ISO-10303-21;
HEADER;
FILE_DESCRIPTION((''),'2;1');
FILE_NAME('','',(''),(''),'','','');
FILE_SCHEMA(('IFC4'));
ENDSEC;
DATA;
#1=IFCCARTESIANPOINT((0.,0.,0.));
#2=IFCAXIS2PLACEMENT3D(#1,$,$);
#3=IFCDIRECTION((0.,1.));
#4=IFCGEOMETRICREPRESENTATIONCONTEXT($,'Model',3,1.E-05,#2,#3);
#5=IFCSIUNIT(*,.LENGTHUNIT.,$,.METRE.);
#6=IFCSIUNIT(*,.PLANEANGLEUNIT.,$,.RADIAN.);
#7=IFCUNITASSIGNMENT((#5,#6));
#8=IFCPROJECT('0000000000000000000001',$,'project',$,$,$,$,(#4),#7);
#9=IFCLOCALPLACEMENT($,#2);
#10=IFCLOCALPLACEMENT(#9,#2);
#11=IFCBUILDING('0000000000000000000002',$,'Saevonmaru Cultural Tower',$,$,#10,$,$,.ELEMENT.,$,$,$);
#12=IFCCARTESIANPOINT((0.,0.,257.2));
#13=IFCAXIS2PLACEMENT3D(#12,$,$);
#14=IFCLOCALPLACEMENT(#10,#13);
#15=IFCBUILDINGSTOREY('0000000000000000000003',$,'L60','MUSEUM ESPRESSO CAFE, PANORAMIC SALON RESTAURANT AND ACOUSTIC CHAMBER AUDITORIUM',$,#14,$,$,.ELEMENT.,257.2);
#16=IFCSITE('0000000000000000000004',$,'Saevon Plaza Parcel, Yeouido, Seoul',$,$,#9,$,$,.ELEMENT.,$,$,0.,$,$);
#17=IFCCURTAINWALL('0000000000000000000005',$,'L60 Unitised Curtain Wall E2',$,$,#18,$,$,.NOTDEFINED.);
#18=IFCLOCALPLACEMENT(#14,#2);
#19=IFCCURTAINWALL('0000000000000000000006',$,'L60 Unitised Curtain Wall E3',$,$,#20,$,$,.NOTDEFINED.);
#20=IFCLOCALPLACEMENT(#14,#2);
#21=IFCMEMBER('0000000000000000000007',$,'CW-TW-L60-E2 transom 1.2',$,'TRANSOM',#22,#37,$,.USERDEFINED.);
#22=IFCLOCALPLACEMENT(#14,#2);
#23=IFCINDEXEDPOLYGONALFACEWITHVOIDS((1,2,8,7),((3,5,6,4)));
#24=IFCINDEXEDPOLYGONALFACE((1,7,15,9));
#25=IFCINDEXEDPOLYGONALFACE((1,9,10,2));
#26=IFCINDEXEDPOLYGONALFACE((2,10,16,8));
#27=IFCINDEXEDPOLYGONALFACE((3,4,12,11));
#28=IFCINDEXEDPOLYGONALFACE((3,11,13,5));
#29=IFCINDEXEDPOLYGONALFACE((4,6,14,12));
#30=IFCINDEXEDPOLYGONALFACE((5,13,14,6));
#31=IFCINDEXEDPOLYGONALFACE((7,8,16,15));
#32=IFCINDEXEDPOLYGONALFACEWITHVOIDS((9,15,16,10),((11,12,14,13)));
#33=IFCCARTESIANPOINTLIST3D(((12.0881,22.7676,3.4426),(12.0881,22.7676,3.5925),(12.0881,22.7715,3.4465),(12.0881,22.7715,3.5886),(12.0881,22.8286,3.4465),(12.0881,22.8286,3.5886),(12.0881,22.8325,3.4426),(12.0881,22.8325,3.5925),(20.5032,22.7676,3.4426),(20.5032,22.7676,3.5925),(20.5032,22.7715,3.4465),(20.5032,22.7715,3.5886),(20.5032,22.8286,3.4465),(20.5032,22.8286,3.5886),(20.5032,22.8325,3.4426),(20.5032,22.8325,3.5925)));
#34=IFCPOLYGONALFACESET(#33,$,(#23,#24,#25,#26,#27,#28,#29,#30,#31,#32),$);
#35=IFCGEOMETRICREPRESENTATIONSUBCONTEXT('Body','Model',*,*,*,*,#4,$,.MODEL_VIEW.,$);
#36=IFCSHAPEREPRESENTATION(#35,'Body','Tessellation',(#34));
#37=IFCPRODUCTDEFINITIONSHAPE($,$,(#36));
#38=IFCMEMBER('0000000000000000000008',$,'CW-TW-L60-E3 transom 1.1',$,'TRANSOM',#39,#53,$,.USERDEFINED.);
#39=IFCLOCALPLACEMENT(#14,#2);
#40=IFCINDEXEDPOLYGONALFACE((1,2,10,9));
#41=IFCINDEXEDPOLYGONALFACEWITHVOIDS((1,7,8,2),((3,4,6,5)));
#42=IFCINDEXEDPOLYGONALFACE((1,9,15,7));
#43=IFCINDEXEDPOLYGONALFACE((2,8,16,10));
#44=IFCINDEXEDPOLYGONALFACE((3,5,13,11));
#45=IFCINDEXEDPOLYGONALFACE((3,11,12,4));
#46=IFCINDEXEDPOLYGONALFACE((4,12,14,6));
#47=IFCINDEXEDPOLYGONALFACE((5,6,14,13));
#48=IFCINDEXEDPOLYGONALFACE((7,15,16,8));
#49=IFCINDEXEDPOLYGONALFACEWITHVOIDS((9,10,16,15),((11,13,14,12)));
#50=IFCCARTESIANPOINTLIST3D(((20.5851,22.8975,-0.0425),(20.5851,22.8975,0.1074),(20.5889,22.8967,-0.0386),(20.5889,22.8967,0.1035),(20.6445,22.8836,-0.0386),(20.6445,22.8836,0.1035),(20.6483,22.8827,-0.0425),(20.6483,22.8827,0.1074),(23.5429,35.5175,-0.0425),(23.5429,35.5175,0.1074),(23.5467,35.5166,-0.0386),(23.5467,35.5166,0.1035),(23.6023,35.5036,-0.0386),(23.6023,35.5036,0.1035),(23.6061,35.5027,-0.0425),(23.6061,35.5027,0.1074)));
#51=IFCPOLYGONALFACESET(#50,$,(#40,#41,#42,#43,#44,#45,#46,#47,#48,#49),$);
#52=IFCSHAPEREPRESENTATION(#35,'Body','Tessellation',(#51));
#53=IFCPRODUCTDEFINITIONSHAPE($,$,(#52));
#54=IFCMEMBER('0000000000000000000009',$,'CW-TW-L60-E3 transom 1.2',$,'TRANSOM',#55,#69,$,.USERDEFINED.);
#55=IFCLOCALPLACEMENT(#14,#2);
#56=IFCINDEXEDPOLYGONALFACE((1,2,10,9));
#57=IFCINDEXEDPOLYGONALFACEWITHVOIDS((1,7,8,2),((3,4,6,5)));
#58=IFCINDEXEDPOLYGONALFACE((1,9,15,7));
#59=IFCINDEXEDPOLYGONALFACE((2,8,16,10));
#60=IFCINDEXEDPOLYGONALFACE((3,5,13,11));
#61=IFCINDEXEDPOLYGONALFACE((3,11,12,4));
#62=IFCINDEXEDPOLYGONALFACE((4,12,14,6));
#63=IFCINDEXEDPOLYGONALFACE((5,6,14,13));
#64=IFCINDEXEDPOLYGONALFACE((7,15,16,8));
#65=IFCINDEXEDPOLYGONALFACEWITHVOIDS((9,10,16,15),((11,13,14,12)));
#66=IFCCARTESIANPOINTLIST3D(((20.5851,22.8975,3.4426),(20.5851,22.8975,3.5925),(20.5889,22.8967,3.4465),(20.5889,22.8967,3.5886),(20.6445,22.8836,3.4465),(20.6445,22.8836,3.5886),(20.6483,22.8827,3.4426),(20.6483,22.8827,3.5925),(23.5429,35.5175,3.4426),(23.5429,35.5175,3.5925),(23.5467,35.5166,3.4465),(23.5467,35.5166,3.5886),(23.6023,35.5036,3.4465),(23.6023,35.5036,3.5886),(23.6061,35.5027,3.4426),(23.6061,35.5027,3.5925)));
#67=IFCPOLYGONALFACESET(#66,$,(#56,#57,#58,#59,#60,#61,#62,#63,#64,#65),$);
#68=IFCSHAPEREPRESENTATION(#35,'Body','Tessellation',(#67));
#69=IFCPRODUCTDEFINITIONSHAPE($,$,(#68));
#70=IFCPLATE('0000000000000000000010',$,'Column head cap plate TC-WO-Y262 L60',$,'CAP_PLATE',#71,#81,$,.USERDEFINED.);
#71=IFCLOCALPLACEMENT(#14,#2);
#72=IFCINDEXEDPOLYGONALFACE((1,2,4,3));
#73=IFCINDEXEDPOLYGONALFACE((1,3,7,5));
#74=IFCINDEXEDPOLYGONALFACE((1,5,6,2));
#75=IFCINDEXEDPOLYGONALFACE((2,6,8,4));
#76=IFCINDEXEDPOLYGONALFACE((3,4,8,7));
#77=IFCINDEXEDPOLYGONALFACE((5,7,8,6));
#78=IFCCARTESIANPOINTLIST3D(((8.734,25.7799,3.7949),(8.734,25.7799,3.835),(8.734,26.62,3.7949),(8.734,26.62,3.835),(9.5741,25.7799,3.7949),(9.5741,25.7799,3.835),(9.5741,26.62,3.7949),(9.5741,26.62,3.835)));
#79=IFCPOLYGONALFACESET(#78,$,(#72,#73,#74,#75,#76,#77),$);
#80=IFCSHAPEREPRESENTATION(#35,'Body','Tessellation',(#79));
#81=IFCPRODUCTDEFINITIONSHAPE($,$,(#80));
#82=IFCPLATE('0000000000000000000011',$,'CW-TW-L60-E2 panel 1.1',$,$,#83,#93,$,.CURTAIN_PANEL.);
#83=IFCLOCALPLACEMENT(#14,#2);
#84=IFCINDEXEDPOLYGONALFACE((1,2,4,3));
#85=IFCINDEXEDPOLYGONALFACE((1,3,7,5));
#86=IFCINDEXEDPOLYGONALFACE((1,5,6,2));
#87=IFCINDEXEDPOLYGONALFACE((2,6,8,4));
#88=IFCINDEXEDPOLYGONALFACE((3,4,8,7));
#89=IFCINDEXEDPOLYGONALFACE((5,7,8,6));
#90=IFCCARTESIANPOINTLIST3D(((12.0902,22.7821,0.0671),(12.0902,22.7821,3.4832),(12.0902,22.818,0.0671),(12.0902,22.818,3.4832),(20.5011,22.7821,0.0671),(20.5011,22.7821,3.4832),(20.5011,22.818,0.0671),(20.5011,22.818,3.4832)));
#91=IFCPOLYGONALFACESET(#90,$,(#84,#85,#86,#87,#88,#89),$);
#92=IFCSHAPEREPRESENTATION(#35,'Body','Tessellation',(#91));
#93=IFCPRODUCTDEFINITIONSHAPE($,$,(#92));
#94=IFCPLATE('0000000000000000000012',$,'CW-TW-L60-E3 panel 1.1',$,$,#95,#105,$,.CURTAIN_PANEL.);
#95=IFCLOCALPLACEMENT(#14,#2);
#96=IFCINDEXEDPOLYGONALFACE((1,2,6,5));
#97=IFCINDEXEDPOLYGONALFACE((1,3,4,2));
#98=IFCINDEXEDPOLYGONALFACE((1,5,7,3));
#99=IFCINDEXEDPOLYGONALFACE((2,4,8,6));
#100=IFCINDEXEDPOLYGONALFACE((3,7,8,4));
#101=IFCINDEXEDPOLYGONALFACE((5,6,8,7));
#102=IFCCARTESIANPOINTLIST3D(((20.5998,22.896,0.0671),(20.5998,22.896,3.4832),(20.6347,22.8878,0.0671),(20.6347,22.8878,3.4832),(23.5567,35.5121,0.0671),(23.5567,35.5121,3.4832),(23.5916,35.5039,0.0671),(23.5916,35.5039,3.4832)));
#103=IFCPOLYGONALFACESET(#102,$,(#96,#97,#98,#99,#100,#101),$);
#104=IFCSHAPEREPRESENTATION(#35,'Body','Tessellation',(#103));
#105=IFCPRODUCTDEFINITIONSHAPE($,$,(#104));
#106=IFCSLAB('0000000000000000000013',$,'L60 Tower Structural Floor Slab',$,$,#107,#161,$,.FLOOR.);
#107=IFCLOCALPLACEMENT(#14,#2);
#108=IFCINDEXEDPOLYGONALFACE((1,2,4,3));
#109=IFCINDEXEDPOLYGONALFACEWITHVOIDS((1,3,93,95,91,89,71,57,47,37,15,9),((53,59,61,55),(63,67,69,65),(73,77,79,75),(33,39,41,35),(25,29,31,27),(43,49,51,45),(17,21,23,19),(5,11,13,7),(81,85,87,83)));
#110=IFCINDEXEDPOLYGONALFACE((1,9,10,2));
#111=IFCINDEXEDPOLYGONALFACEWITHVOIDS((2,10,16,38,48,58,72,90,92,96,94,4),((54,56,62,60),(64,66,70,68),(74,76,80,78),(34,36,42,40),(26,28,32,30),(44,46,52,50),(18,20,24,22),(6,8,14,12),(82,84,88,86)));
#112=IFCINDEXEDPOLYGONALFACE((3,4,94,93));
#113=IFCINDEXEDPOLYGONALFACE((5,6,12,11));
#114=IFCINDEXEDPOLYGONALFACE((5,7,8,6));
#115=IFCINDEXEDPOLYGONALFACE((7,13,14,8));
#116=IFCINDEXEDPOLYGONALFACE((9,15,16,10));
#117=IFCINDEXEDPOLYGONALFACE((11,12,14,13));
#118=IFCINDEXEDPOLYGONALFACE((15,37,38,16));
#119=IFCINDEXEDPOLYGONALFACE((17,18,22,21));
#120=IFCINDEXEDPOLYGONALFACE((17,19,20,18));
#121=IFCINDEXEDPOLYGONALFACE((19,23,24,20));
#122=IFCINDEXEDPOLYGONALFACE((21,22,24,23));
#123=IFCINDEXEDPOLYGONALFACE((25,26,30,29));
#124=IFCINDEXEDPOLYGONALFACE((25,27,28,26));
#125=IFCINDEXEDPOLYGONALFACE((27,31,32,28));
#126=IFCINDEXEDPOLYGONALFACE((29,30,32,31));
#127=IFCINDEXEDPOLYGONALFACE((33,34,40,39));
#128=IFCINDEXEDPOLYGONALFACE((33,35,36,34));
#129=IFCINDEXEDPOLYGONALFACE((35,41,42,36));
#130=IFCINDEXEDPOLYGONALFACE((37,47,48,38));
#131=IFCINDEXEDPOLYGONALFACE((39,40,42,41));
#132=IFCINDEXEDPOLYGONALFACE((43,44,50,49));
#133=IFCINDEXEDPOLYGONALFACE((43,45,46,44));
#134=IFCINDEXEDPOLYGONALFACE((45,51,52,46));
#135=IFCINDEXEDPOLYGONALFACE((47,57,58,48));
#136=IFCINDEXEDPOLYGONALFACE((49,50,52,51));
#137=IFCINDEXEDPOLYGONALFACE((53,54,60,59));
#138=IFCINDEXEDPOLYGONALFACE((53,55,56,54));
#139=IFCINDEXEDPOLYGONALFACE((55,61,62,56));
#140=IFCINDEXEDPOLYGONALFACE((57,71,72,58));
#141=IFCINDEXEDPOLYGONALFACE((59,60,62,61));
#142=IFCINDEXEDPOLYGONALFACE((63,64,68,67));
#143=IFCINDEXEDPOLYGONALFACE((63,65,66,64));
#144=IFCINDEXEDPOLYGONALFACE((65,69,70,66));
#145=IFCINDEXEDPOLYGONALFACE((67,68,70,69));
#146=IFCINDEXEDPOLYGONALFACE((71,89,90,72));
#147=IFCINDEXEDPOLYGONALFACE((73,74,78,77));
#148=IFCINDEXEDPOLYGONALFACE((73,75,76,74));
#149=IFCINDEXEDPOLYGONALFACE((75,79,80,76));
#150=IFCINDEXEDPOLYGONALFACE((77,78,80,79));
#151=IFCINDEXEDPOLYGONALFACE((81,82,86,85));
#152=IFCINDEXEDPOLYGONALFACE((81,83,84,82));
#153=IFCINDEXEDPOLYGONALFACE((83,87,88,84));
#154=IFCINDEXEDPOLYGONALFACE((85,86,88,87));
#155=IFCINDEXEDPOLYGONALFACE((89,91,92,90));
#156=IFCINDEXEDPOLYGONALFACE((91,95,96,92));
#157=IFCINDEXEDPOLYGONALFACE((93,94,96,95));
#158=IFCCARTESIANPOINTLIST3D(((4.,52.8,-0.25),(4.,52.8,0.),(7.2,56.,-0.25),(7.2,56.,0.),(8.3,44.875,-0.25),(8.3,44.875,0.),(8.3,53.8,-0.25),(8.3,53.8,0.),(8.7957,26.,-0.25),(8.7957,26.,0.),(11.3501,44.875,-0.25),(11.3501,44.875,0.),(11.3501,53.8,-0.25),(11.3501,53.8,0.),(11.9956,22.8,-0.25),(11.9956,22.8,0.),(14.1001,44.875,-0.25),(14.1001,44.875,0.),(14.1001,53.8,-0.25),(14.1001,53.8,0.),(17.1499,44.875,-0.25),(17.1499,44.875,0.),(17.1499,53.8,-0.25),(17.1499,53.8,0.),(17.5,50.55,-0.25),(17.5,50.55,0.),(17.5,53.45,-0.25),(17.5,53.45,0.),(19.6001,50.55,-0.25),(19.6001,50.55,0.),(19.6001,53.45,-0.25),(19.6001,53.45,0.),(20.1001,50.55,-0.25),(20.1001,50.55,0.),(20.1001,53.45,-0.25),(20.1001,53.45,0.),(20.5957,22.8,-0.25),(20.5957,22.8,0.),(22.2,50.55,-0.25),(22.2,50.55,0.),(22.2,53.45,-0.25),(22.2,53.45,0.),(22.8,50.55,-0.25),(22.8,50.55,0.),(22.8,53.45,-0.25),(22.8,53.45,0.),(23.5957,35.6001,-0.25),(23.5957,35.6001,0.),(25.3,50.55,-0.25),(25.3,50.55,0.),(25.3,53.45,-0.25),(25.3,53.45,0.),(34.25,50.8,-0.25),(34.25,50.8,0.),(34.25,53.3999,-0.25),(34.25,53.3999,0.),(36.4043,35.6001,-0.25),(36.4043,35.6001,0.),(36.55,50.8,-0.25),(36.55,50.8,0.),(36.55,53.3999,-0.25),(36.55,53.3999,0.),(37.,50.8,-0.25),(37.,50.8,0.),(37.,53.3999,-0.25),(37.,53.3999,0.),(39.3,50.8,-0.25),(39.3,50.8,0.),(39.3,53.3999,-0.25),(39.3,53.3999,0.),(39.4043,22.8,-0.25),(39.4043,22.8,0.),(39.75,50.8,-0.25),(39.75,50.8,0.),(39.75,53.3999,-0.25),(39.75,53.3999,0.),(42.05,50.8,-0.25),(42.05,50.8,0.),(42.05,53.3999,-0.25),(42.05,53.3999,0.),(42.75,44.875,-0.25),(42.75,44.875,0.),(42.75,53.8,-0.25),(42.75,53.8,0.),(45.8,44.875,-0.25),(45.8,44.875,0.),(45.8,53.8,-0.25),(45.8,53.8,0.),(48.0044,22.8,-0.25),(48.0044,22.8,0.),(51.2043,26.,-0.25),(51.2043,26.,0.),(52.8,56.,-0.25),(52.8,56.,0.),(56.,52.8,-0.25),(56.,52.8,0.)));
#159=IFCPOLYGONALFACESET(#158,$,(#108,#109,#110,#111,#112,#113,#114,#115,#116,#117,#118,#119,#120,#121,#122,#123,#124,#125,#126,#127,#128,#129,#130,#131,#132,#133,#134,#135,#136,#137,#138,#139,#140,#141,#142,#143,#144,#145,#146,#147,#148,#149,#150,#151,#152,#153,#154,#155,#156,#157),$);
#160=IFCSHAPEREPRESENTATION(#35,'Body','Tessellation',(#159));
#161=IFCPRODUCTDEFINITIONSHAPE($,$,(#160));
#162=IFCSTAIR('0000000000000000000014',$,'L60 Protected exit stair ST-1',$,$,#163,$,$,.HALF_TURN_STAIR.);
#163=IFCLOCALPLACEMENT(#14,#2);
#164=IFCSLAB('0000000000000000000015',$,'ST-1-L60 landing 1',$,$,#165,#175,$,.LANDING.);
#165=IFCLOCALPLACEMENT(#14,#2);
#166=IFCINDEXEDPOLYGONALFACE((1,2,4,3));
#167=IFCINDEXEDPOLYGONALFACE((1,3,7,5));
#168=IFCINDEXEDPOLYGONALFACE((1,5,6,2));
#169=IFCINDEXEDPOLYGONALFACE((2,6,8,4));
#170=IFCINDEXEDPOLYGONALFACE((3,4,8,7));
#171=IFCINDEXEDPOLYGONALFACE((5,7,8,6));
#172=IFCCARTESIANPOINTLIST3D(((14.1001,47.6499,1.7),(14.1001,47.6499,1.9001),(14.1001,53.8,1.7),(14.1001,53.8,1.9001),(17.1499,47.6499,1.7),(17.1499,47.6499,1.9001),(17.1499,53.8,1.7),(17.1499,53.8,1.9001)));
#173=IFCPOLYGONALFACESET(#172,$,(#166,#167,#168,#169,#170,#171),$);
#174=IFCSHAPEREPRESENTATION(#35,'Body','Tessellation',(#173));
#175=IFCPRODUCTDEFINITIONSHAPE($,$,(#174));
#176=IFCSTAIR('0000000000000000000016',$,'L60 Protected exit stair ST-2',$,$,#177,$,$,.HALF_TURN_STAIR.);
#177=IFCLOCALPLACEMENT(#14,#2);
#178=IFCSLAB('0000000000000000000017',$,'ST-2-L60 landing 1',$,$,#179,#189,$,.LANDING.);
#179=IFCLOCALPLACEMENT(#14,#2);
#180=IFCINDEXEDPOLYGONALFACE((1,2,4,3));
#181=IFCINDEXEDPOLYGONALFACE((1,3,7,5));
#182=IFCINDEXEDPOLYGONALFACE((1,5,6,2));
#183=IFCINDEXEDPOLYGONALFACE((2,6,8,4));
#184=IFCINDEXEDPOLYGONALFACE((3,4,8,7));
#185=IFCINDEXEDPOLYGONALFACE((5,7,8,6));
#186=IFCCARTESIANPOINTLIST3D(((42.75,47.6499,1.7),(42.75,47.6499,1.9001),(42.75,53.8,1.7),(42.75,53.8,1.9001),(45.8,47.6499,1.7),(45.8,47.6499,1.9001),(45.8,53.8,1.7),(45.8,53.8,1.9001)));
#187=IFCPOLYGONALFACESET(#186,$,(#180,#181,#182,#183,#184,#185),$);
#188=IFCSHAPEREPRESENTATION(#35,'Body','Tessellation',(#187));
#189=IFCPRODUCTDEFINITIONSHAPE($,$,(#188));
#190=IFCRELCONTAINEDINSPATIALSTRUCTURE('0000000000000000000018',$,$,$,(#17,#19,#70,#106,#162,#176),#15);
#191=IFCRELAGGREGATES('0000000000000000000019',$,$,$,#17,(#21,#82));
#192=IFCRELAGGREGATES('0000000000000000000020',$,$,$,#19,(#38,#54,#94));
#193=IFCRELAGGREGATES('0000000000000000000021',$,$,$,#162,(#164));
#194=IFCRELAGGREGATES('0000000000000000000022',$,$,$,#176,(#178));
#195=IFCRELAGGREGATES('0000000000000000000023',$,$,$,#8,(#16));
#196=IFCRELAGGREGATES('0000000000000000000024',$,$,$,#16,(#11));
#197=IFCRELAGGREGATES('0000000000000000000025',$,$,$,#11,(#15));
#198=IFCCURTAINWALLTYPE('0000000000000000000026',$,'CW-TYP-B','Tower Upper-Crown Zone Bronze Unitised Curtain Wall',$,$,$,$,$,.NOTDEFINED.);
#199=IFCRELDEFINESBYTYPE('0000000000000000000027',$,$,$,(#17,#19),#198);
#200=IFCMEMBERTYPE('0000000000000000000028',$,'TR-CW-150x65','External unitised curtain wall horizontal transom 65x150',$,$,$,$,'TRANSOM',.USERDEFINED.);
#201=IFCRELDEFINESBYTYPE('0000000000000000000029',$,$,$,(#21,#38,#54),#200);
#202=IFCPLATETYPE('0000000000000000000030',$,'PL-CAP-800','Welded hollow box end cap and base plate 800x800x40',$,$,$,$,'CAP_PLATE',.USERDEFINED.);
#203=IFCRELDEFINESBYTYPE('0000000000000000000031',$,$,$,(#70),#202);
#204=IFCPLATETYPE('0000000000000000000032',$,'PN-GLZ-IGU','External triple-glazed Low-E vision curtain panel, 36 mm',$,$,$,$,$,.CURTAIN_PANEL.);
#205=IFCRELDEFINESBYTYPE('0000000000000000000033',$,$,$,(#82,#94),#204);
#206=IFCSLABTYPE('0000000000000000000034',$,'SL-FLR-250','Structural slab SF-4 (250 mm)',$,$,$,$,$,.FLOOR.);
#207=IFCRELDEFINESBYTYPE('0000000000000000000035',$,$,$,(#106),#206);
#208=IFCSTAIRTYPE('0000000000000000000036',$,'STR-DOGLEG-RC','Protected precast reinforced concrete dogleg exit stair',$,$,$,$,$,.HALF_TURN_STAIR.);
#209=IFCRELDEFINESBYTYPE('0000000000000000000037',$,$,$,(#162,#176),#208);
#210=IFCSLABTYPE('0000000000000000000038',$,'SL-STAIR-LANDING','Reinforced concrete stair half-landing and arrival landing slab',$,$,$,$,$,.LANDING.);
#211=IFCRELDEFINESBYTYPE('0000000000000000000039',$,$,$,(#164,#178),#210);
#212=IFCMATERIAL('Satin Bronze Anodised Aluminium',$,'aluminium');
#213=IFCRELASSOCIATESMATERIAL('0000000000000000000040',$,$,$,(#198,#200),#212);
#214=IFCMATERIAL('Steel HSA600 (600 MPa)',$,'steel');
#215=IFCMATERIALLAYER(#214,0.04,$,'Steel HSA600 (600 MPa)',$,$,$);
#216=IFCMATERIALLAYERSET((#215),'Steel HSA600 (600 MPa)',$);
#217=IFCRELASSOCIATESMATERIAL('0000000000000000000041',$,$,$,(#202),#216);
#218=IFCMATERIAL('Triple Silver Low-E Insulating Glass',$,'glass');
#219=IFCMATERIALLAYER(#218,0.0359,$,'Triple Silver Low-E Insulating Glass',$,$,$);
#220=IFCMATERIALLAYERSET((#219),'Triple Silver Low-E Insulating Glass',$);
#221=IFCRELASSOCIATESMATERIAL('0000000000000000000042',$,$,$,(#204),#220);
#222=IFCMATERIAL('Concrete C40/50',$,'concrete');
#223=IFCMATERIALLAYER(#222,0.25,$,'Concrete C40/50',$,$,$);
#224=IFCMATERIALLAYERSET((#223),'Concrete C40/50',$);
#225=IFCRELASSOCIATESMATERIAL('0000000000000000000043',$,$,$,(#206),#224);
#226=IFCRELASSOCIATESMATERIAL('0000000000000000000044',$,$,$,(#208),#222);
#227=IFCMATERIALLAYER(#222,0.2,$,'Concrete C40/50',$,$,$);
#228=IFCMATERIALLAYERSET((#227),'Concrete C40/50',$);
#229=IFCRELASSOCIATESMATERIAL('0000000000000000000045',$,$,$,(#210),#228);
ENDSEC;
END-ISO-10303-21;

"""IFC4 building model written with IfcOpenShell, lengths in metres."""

from ifc_helpers import new_model, si_unit, direction, frame, origin, origin_2d, place, context, subcontext, project, spatial, polyline, rectangle, hollow_rectangle, outline, extrude, material, layer, layer_set, material_profile, profile_set, type_object, element, aggregate, save


model = new_model("IFC4")

# Units and contexts
model_context = context("Model", 3, precision=1e-05, world=origin(), true_north=direction((0.0, 1.0)))
body_context = subcontext(model_context, "Body", "Model", "MODEL_VIEW")
ifc_project = project(units=[si_unit("LENGTHUNIT", "METRE"), si_unit("PLANEANGLEUNIT", "RADIAN")], contexts=[model_context])

# Site, building, storey
site_placement = place(None, origin())
site = spatial("IfcSite", under=ifc_project, at=site_placement, Name="Saevon Plaza Parcel, Yeouido, Seoul", CompositionType="ELEMENT", RefElevation=0.0)
building_placement = place(site_placement, origin())
building = spatial("IfcBuilding", under=site, at=building_placement, Name="Saevonmaru Cultural Tower", CompositionType="ELEMENT")
storey_placement = place(building_placement, frame((0.0, 0.0, 257.2)))
storey = spatial("IfcBuildingStorey", under=building, at=storey_placement, Name="L60", Description="MUSEUM ESPRESSO CAFE, PANORAMIC SALON RESTAURANT AND ACOUSTIC CHAMBER AUDITORIUM", CompositionType="ELEMENT", Elevation=257.2)

# Curtain wall
ifc_material_1 = material(Name="Satin Bronze Anodised Aluminium", Category="aluminium")
curtain_wall_type = type_object("IfcCurtainWallType", Name="CW-TYP-B", Description="Tower Upper-Crown Zone Bronze Unitised Curtain Wall", PredefinedType="NOTDEFINED", material=ifc_material_1)
curtain_wall_1_placement = place(storey_placement, origin())
curtain_wall_1 = element("IfcCurtainWall", 1, at=curtain_wall_1_placement, inside=storey, type_object=curtain_wall_type, Name="L60 Unitised Curtain Wall E2", PredefinedType="NOTDEFINED")

# Curtain wall
curtain_wall_2_placement = place(storey_placement, origin())
curtain_wall_2 = element("IfcCurtainWall", 2, at=curtain_wall_2_placement, inside=storey, type_object=curtain_wall_type, Name="L60 Unitised Curtain Wall E3", PredefinedType="NOTDEFINED")

# Members
ifc_material_profile_1 = material_profile(ifc_material_1, hollow_rectangle(XDim=0.0649, YDim=0.1499, WallThickness=0.0039, at=origin_2d()), Name="ALU-TRAN-150x65x4")
ifc_profile_set_1 = profile_set([ifc_material_profile_1], Name="Satin Bronze Anodised Aluminium")
member_type_1 = type_object("IfcMemberType", Name="TR-CW-150x65", Description="External unitised curtain wall horizontal transom 65x150", ElementType="TRANSOM", PredefinedType="USERDEFINED", material=ifc_profile_set_1)
member_1_placement = place(storey_placement, frame((12.0881, 22.8, 3.5176), z_axis=(1.0, 0.0, 0.0), x_axis=(0.0, 1.0, 0.0)))
member_1 = element("IfcMember", 3, at=member_1_placement, type_object=member_type_1, Name="CW-TW-L60-E2 transom 1.2", ObjectType="TRANSOM", PredefinedType="USERDEFINED", context=body_context, shape_type="SweptSolid", body=[
    extrude(hollow_rectangle(XDim=0.0649, YDim=0.1499, WallThickness=0.0039, at=origin_2d()), origin(), (0.0, 0.0, 1.0), 8.415),
])
member_2_placement = place(storey_placement, frame((20.6167, 22.8901, 0.0325), z_axis=(0.22819, 0.973617, 0.0), x_axis=(-0.973617, 0.22819, 0.0)))
member_2 = element("IfcMember", 4, at=member_2_placement, type_object=member_type_1, Name="CW-TW-L60-E3 transom 1.1", ObjectType="TRANSOM", PredefinedType="USERDEFINED", context=body_context, shape_type="SweptSolid", body=[
    extrude(hollow_rectangle(XDim=0.0649, YDim=0.1499, WallThickness=0.0039, at=origin_2d()), origin(), (0.0, 0.0, 1.0), 12.9619),
])
member_3_placement = place(storey_placement, frame((20.6167, 22.8901, 3.5176), z_axis=(0.22819, 0.973617, 0.0), x_axis=(-0.973617, 0.22819, 0.0)))
member_3 = element("IfcMember", 5, at=member_3_placement, type_object=member_type_1, Name="CW-TW-L60-E3 transom 1.2", ObjectType="TRANSOM", PredefinedType="USERDEFINED", context=body_context, shape_type="SweptSolid", body=[
    extrude(hollow_rectangle(XDim=0.0649, YDim=0.1499, WallThickness=0.0039, at=origin_2d()), origin(), (0.0, 0.0, 1.0), 12.9619),
])

# Plates
ifc_material_2 = material(Name="Steel HSA600 (600 MPa)", Category="steel")
ifc_layer_1 = layer(ifc_material_2, 0.04, Name="Steel HSA600 (600 MPa)")
ifc_layer_set_1 = layer_set([ifc_layer_1], Name="Steel HSA600 (600 MPa)")
plate_type_1 = type_object("IfcPlateType", Name="PL-CAP-800", Description="Welded hollow box end cap and base plate 800x800x40", ElementType="CAP_PLATE", PredefinedType="USERDEFINED", material=ifc_layer_set_1)
plate_1_placement = place(storey_placement, frame((9.1541, 26.2, 3.7949), z_axis=(0.0, 0.0, 1.0), x_axis=(1.0, 0.0, 0.0)))
element("IfcPlate", 6, at=plate_1_placement, inside=storey, type_object=plate_type_1, Name="Column head cap plate TC-WO-Y262 L60", ObjectType="CAP_PLATE", PredefinedType="USERDEFINED", context=body_context, shape_type="SweptSolid", body=[
    extrude(rectangle(XDim=0.8401, YDim=0.8401, at=origin_2d()), origin(), (0.0, 0.0, 1.0), 0.04),
])
ifc_material_3 = material(Name="Triple Silver Low-E Insulating Glass", Category="glass")
ifc_layer_2 = layer(ifc_material_3, 0.0359, Name="Triple Silver Low-E Insulating Glass")
ifc_layer_set_2 = layer_set([ifc_layer_2], Name="Triple Silver Low-E Insulating Glass")
plate_type_2 = type_object("IfcPlateType", Name="PN-GLZ-IGU", Description="External triple-glazed Low-E vision curtain panel, 36 mm", PredefinedType="CURTAIN_PANEL", material=ifc_layer_set_2)
plate_2_placement = place(storey_placement, frame((16.2957, 22.8, 0.0671), z_axis=(0.0, 0.0, 1.0), x_axis=(1.0, 0.0, 0.0)))
plate_2 = element("IfcPlate", 7, at=plate_2_placement, type_object=plate_type_2, Name="CW-TW-L60-E2 panel 1.1", PredefinedType="CURTAIN_PANEL", context=body_context, shape_type="SweptSolid", body=[
    extrude(rectangle(XDim=8.4109, YDim=0.0359, at=origin_2d()), origin(), (0.0, 0.0, 1.0), 3.416),
])
aggregate(curtain_wall_1, [member_1, plate_2])
plate_3_placement = place(storey_placement, frame((22.0957, 29.2, 0.0671), z_axis=(0.0, 0.0, 1.0), x_axis=(0.22819, 0.973617, 0.0)))
plate_3 = element("IfcPlate", 8, at=plate_3_placement, type_object=plate_type_2, Name="CW-TW-L60-E3 panel 1.1", PredefinedType="CURTAIN_PANEL", context=body_context, shape_type="SweptSolid", body=[
    extrude(rectangle(XDim=12.958, YDim=0.0359, at=origin_2d()), origin(), (0.0, 0.0, 1.0), 3.416),
])
aggregate(curtain_wall_2, [member_2, member_3, plate_3])

# Slab
ifc_material_4 = material(Name="Concrete C40/50", Category="concrete")
ifc_layer_3 = layer(ifc_material_4, 0.25, Name="Concrete C40/50")
ifc_layer_set_3 = layer_set([ifc_layer_3], Name="Concrete C40/50")
slab_type_1 = type_object("IfcSlabType", Name="SL-FLR-250", Description="Structural slab SF-4 (250 mm)", PredefinedType="FLOOR", material=ifc_layer_set_3)
slab_1_placement = place(storey_placement, frame((0.0, 0.0, -0.25)))
element("IfcSlab", 9, at=slab_1_placement, inside=storey, type_object=slab_type_1, Name="L60 Tower Structural Floor Slab", PredefinedType="FLOOR", context=body_context, shape_type="SweptSolid", body=[
    extrude(outline(polyline([(8.7957, 26.0), (11.9956, 22.8), (20.5957, 22.8), (23.5957, 35.6001), (36.4043, 35.6001), (39.4043, 22.8), (48.0044, 22.8), (51.2043, 26.0), (56.0, 52.8), (52.8, 56.0), (7.2, 56.0), (4.0, 52.8), (8.7957, 26.0)]), holes=[polyline([(45.8, 53.8), (45.8, 44.875), (42.75, 44.875), (42.75, 53.8), (45.8, 53.8)]), polyline([(39.75, 50.8), (39.75, 53.3999), (42.05, 53.3999), (42.05, 50.8), (39.75, 50.8)]), polyline([(37.0, 50.8), (37.0, 53.3999), (39.3, 53.3999), (39.3, 50.8), (37.0, 50.8)]), polyline([(36.55, 50.8), (34.25, 50.8), (34.25, 53.3999), (36.55, 53.3999), (36.55, 50.8)]), polyline([(25.3, 50.55), (22.8, 50.55), (22.8, 53.45), (25.3, 53.45), (25.3, 50.55)]), polyline([(22.2, 50.55), (20.1001, 50.55), (20.1001, 53.45), (22.2, 53.45), (22.2, 50.55)]), polyline([(19.6001, 50.55), (17.5, 50.55), (17.5, 53.45), (19.6001, 53.45), (19.6001, 50.55)]), polyline([(17.1499, 53.8), (17.1499, 44.875), (14.1001, 44.875), (14.1001, 53.8), (17.1499, 53.8)]), polyline([(11.3501, 53.8), (11.3501, 44.875), (8.3, 44.875), (8.3, 53.8), (11.3501, 53.8)])]), origin(), (0.0, 0.0, 1.0), 0.25),
])

# Stairs, slabs
stair_type = type_object("IfcStairType", Name="STR-DOGLEG-RC", Description="Protected precast reinforced concrete dogleg exit stair", PredefinedType="HALF_TURN_STAIR", material=ifc_material_4)
stair_1_placement = place(storey_placement, origin())
stair_1 = element("IfcStair", 10, at=stair_1_placement, inside=storey, type_object=stair_type, Name="L60 Protected exit stair ST-1", PredefinedType="HALF_TURN_STAIR")
ifc_layer_4 = layer(ifc_material_4, 0.2, Name="Concrete C40/50")
ifc_layer_set_4 = layer_set([ifc_layer_4], Name="Concrete C40/50")
slab_type_2 = type_object("IfcSlabType", Name="SL-STAIR-LANDING", Description="Reinforced concrete stair half-landing and arrival landing slab", PredefinedType="LANDING", material=ifc_layer_set_4)
slab_2_placement = place(storey_placement, frame((0.0, 0.0, 1.7)))
slab_2 = element("IfcSlab", 11, at=slab_2_placement, type_object=slab_type_2, Name="ST-1-L60 landing 1", PredefinedType="LANDING", context=body_context, shape_type="SweptSolid", body=[
    extrude(outline(polyline([(17.1499, 47.6499), (17.1499, 53.8), (14.1001, 53.8), (14.1001, 47.6499), (17.1499, 47.6499)])), origin(), (0.0, 0.0, 1.0), 0.2002),
])
aggregate(stair_1, [slab_2])
stair_2_placement = place(storey_placement, origin())
stair_2 = element("IfcStair", 12, at=stair_2_placement, inside=storey, type_object=stair_type, Name="L60 Protected exit stair ST-2", PredefinedType="HALF_TURN_STAIR")
slab_3_placement = place(storey_placement, frame((0.0, 0.0, 1.7)))
slab_3 = element("IfcSlab", 13, at=slab_3_placement, type_object=slab_type_2, Name="ST-2-L60 landing 1", PredefinedType="LANDING", context=body_context, shape_type="SweptSolid", body=[
    extrude(outline(polyline([(45.8, 47.6499), (45.8, 53.8), (42.75, 53.8), (42.75, 47.6499), (45.8, 47.6499)])), origin(), (0.0, 0.0, 1.0), 0.2002),
])
aggregate(stair_2, [slab_3])

save(model, "model.ifc")
